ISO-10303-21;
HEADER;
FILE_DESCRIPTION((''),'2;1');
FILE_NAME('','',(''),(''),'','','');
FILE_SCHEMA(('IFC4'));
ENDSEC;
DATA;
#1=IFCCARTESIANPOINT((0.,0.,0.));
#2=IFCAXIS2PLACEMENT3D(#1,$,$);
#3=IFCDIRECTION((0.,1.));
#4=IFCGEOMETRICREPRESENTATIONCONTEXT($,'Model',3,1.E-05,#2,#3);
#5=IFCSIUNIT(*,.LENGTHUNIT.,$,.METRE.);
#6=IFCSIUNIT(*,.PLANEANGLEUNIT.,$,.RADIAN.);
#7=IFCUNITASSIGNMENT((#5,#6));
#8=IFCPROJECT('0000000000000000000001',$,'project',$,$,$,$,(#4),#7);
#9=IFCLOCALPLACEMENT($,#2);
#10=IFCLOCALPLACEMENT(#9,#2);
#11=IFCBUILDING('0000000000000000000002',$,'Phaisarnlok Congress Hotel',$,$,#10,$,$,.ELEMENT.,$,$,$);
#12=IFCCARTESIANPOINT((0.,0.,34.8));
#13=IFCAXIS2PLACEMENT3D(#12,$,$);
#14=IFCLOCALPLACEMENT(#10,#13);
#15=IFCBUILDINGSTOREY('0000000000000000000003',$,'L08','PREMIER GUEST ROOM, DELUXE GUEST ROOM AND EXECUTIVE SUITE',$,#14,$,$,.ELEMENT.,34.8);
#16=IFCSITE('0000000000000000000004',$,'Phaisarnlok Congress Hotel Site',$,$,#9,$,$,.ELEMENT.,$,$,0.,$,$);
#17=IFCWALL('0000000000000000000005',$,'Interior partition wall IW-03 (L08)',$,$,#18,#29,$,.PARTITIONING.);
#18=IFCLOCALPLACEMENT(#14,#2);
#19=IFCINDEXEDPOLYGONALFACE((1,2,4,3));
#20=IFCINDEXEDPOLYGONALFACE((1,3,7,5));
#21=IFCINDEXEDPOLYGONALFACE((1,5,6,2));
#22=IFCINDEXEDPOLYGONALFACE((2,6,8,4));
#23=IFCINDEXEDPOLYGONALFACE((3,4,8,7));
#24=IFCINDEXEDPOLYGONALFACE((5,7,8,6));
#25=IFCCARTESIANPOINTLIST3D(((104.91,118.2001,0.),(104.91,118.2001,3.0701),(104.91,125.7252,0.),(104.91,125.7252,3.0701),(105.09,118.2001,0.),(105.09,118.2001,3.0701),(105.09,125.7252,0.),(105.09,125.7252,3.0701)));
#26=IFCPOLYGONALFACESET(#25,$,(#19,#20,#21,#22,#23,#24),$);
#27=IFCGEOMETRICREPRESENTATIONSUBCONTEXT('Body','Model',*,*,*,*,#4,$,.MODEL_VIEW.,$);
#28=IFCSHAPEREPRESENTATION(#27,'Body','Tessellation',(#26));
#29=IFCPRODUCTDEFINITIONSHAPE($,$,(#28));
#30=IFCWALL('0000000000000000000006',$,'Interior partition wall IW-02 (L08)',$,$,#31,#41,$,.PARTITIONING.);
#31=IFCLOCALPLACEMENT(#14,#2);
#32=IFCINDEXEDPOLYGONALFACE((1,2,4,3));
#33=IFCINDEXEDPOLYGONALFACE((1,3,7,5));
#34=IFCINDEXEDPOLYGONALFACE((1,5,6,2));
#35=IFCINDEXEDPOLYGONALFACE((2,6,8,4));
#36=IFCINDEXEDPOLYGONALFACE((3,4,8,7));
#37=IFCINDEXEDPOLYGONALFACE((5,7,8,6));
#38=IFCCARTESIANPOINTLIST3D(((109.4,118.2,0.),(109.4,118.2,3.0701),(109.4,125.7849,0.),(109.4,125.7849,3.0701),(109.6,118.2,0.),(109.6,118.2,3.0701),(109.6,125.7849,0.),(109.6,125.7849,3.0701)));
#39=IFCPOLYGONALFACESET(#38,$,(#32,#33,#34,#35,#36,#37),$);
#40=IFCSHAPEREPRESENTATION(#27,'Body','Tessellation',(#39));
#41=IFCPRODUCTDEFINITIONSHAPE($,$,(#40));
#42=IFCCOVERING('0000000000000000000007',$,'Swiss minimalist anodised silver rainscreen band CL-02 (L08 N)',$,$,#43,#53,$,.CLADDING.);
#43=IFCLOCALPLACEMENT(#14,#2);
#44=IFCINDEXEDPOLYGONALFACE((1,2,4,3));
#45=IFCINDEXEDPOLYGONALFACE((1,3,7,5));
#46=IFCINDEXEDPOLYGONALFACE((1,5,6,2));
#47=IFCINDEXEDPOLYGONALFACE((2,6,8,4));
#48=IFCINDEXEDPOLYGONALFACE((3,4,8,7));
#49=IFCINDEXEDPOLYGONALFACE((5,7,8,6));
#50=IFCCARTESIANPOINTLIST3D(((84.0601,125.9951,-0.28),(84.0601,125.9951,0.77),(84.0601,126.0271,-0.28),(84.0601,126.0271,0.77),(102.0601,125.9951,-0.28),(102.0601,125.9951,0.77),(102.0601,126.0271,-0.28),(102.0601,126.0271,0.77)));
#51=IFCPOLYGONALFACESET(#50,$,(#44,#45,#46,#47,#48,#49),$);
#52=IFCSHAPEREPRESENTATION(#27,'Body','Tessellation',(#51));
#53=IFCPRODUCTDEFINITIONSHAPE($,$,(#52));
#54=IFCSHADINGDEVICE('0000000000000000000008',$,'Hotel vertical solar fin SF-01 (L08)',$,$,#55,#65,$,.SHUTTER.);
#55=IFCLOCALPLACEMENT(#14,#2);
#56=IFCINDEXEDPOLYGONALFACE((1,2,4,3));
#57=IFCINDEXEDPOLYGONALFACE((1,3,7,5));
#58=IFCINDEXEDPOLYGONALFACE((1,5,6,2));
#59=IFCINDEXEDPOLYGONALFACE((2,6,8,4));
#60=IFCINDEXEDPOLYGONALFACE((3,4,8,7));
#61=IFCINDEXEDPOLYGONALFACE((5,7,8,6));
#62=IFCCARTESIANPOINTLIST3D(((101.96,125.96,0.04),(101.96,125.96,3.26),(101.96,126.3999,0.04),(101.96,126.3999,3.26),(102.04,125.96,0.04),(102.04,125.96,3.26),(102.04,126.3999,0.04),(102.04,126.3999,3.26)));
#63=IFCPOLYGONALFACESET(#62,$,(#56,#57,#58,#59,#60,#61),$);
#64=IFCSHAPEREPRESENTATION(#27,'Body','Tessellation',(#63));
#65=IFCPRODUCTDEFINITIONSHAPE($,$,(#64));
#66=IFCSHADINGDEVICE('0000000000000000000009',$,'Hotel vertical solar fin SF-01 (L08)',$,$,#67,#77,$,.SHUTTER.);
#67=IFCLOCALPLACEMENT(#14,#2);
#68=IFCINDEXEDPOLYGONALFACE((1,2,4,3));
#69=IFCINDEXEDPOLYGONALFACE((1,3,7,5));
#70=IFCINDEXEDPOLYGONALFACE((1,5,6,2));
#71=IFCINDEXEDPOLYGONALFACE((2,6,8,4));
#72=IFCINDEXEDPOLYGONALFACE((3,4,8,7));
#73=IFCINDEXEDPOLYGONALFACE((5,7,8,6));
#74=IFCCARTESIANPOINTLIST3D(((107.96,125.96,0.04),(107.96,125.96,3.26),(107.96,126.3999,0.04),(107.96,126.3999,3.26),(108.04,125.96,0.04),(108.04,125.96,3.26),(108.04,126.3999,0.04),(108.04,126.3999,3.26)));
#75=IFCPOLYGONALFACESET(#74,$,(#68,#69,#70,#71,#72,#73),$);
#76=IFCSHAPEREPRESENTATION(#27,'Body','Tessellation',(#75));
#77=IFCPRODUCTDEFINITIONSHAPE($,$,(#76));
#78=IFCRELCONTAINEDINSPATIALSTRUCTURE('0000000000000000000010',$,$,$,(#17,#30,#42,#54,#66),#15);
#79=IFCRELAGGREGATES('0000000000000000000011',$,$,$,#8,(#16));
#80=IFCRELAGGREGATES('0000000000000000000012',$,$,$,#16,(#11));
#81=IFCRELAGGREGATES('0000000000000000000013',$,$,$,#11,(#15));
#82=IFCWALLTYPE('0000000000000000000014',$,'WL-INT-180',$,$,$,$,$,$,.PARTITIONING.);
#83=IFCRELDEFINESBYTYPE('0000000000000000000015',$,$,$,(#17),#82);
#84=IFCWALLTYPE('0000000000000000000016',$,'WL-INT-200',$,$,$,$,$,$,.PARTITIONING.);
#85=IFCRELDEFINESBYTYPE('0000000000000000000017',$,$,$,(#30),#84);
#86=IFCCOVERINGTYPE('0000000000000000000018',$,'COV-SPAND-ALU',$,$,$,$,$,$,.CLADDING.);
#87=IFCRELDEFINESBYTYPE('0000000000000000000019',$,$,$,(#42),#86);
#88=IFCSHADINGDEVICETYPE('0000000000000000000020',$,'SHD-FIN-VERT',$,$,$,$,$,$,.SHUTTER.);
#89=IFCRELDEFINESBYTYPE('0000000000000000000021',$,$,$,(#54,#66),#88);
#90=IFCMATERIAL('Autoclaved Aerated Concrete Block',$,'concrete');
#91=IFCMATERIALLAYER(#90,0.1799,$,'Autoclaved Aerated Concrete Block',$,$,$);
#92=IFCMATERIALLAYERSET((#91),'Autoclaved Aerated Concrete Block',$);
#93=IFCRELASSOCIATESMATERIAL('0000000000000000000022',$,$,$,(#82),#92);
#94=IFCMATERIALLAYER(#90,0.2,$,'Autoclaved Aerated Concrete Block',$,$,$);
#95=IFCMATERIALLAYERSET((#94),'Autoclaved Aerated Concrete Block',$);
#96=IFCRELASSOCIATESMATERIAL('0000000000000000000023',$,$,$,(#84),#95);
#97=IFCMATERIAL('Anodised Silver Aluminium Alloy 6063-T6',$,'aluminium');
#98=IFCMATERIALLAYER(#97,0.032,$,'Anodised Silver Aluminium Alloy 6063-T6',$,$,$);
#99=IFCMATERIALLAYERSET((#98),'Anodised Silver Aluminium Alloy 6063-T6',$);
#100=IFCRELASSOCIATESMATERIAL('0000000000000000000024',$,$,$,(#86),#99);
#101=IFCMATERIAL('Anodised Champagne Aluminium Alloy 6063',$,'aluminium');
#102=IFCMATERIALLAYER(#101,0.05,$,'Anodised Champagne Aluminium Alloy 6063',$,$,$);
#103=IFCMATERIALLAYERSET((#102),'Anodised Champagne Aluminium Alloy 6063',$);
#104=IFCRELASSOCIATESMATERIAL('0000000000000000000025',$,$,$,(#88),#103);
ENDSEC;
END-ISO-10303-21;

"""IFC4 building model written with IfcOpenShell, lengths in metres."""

from ifc_helpers import new_model, si_unit, direction, frame, frame_2d, origin, origin_2d, place, context, subcontext, project, spatial, polyline, rectangle, outline, extrude, material, layer, layer_set, type_object, element, save


model = new_model("IFC4")

# Units and contexts
model_context = context("Model", 3, precision=1e-05, world=origin(), true_north=direction((0.0, 1.0)))
body_context = subcontext(model_context, "Body", "Model", "MODEL_VIEW")
ifc_project = project(units=[si_unit("LENGTHUNIT", "METRE"), si_unit("PLANEANGLEUNIT", "RADIAN")], contexts=[model_context])

# Site, building, storey
site_placement = place(None, origin())
site = spatial("IfcSite", under=ifc_project, at=site_placement, Name="Phaisarnlok Congress Hotel Site", CompositionType="ELEMENT", RefElevation=0.0)
building_placement = place(site_placement, origin())
building = spatial("IfcBuilding", under=site, at=building_placement, Name="Phaisarnlok Congress Hotel", CompositionType="ELEMENT")
storey_placement = place(building_placement, frame((0.0, 0.0, 34.8)))
storey = spatial("IfcBuildingStorey", under=building, at=storey_placement, Name="L08", Description="PREMIER GUEST ROOM, DELUXE GUEST ROOM AND EXECUTIVE SUITE", CompositionType="ELEMENT", Elevation=34.8)

# Walls
ifc_material_1 = material(Name="Autoclaved Aerated Concrete Block", Category="concrete")
ifc_layer_1 = layer(ifc_material_1, 0.1799, Name="Autoclaved Aerated Concrete Block")
ifc_layer_set_1 = layer_set([ifc_layer_1], Name="Autoclaved Aerated Concrete Block")
wall_type_1 = type_object("IfcWallType", Name="WL-INT-180", PredefinedType="PARTITIONING", material=ifc_layer_set_1)
wall_1_placement = place(storey_placement, frame((105.0, 118.2, 0.0), z_axis=(0.0, 0.0, 1.0), x_axis=(0.0, 1.0, 0.0)))
element("IfcWall", 1, at=wall_1_placement, inside=storey, type_object=wall_type_1, Name="Interior partition wall IW-03 (L08)", PredefinedType="PARTITIONING", context=body_context, shape_type="SweptSolid", body=[
    extrude(rectangle(XDim=7.5251, YDim=0.1799, at=frame_2d((3.7627, 0.0))), origin(), (0.0, 0.0, 1.0), 3.0701),
])
ifc_layer_2 = layer(ifc_material_1, 0.2, Name="Autoclaved Aerated Concrete Block")
ifc_layer_set_2 = layer_set([ifc_layer_2], Name="Autoclaved Aerated Concrete Block")
wall_type_2 = type_object("IfcWallType", Name="WL-INT-200", PredefinedType="PARTITIONING", material=ifc_layer_set_2)
wall_2_placement = place(storey_placement, frame((109.5, 118.2, 0.0), z_axis=(0.0, 0.0, 1.0), x_axis=(0.0, 1.0, 0.0)))
element("IfcWall", 2, at=wall_2_placement, inside=storey, type_object=wall_type_2, Name="Interior partition wall IW-02 (L08)", PredefinedType="PARTITIONING", context=body_context, shape_type="SweptSolid", body=[
    extrude(rectangle(XDim=7.585, YDim=0.2, at=frame_2d((3.7925, 0.0))), origin(), (0.0, 0.0, 1.0), 3.0701),
])

# Covering
ifc_material_2 = material(Name="Anodised Silver Aluminium Alloy 6063-T6", Category="aluminium")
ifc_layer_3 = layer(ifc_material_2, 0.032, Name="Anodised Silver Aluminium Alloy 6063-T6")
ifc_layer_set_3 = layer_set([ifc_layer_3], Name="Anodised Silver Aluminium Alloy 6063-T6")
covering_type = type_object("IfcCoveringType", Name="COV-SPAND-ALU", PredefinedType="CLADDING", material=ifc_layer_set_3)
covering_placement = place(storey_placement, frame((102.0601, 125.9951, -0.28), z_axis=(0.0, 1.0, 0.0), x_axis=(-1.0, 0.0, 0.0)))
element("IfcCovering", 3, at=covering_placement, inside=storey, type_object=covering_type, Name="Swiss minimalist anodised silver rainscreen band CL-02 (L08 N)", PredefinedType="CLADDING", context=body_context, shape_type="SweptSolid", body=[
    extrude(outline(polyline([(0.0, 0.0), (18.0, 0.0), (18.0, 1.05), (0.0, 1.05), (0.0, 0.0)])), origin(), (0.0, 0.0, 1.0), 0.032),
])

# Shading devices
ifc_material_3 = material(Name="Anodised Champagne Aluminium Alloy 6063", Category="aluminium")
ifc_layer_4 = layer(ifc_material_3, 0.05, Name="Anodised Champagne Aluminium Alloy 6063")
ifc_layer_set_4 = layer_set([ifc_layer_4], Name="Anodised Champagne Aluminium Alloy 6063")
shading_device_type = type_object("IfcShadingDeviceType", Name="SHD-FIN-VERT", PredefinedType="SHUTTER", material=ifc_layer_set_4)
for number, where, z_axis, x_axis, name in (
    (4, (102.0, 126.1799, 0.04), (0.0, 0.0, 1.0), (1.0, 0.0, 0.0), "Hotel vertical solar fin SF-01 (L08)"),
    (5, (108.0, 126.1799, 0.04), (0.0, 0.0, 1.0), (1.0, 0.0, 0.0), "Hotel vertical solar fin SF-01 (L08)"),
):
    element("IfcShadingDevice", number, at=place(storey_placement, frame(where, z_axis=z_axis, x_axis=x_axis)), inside=storey, type_object=shading_device_type, Name=name, PredefinedType="SHUTTER", context=body_context, shape_type="SweptSolid", body=[
        extrude(rectangle(XDim=0.0801, YDim=0.4399, at=origin_2d()), origin(), (0.0, 0.0, 1.0), 3.22),
    ])

save(model, "model.ifc")
